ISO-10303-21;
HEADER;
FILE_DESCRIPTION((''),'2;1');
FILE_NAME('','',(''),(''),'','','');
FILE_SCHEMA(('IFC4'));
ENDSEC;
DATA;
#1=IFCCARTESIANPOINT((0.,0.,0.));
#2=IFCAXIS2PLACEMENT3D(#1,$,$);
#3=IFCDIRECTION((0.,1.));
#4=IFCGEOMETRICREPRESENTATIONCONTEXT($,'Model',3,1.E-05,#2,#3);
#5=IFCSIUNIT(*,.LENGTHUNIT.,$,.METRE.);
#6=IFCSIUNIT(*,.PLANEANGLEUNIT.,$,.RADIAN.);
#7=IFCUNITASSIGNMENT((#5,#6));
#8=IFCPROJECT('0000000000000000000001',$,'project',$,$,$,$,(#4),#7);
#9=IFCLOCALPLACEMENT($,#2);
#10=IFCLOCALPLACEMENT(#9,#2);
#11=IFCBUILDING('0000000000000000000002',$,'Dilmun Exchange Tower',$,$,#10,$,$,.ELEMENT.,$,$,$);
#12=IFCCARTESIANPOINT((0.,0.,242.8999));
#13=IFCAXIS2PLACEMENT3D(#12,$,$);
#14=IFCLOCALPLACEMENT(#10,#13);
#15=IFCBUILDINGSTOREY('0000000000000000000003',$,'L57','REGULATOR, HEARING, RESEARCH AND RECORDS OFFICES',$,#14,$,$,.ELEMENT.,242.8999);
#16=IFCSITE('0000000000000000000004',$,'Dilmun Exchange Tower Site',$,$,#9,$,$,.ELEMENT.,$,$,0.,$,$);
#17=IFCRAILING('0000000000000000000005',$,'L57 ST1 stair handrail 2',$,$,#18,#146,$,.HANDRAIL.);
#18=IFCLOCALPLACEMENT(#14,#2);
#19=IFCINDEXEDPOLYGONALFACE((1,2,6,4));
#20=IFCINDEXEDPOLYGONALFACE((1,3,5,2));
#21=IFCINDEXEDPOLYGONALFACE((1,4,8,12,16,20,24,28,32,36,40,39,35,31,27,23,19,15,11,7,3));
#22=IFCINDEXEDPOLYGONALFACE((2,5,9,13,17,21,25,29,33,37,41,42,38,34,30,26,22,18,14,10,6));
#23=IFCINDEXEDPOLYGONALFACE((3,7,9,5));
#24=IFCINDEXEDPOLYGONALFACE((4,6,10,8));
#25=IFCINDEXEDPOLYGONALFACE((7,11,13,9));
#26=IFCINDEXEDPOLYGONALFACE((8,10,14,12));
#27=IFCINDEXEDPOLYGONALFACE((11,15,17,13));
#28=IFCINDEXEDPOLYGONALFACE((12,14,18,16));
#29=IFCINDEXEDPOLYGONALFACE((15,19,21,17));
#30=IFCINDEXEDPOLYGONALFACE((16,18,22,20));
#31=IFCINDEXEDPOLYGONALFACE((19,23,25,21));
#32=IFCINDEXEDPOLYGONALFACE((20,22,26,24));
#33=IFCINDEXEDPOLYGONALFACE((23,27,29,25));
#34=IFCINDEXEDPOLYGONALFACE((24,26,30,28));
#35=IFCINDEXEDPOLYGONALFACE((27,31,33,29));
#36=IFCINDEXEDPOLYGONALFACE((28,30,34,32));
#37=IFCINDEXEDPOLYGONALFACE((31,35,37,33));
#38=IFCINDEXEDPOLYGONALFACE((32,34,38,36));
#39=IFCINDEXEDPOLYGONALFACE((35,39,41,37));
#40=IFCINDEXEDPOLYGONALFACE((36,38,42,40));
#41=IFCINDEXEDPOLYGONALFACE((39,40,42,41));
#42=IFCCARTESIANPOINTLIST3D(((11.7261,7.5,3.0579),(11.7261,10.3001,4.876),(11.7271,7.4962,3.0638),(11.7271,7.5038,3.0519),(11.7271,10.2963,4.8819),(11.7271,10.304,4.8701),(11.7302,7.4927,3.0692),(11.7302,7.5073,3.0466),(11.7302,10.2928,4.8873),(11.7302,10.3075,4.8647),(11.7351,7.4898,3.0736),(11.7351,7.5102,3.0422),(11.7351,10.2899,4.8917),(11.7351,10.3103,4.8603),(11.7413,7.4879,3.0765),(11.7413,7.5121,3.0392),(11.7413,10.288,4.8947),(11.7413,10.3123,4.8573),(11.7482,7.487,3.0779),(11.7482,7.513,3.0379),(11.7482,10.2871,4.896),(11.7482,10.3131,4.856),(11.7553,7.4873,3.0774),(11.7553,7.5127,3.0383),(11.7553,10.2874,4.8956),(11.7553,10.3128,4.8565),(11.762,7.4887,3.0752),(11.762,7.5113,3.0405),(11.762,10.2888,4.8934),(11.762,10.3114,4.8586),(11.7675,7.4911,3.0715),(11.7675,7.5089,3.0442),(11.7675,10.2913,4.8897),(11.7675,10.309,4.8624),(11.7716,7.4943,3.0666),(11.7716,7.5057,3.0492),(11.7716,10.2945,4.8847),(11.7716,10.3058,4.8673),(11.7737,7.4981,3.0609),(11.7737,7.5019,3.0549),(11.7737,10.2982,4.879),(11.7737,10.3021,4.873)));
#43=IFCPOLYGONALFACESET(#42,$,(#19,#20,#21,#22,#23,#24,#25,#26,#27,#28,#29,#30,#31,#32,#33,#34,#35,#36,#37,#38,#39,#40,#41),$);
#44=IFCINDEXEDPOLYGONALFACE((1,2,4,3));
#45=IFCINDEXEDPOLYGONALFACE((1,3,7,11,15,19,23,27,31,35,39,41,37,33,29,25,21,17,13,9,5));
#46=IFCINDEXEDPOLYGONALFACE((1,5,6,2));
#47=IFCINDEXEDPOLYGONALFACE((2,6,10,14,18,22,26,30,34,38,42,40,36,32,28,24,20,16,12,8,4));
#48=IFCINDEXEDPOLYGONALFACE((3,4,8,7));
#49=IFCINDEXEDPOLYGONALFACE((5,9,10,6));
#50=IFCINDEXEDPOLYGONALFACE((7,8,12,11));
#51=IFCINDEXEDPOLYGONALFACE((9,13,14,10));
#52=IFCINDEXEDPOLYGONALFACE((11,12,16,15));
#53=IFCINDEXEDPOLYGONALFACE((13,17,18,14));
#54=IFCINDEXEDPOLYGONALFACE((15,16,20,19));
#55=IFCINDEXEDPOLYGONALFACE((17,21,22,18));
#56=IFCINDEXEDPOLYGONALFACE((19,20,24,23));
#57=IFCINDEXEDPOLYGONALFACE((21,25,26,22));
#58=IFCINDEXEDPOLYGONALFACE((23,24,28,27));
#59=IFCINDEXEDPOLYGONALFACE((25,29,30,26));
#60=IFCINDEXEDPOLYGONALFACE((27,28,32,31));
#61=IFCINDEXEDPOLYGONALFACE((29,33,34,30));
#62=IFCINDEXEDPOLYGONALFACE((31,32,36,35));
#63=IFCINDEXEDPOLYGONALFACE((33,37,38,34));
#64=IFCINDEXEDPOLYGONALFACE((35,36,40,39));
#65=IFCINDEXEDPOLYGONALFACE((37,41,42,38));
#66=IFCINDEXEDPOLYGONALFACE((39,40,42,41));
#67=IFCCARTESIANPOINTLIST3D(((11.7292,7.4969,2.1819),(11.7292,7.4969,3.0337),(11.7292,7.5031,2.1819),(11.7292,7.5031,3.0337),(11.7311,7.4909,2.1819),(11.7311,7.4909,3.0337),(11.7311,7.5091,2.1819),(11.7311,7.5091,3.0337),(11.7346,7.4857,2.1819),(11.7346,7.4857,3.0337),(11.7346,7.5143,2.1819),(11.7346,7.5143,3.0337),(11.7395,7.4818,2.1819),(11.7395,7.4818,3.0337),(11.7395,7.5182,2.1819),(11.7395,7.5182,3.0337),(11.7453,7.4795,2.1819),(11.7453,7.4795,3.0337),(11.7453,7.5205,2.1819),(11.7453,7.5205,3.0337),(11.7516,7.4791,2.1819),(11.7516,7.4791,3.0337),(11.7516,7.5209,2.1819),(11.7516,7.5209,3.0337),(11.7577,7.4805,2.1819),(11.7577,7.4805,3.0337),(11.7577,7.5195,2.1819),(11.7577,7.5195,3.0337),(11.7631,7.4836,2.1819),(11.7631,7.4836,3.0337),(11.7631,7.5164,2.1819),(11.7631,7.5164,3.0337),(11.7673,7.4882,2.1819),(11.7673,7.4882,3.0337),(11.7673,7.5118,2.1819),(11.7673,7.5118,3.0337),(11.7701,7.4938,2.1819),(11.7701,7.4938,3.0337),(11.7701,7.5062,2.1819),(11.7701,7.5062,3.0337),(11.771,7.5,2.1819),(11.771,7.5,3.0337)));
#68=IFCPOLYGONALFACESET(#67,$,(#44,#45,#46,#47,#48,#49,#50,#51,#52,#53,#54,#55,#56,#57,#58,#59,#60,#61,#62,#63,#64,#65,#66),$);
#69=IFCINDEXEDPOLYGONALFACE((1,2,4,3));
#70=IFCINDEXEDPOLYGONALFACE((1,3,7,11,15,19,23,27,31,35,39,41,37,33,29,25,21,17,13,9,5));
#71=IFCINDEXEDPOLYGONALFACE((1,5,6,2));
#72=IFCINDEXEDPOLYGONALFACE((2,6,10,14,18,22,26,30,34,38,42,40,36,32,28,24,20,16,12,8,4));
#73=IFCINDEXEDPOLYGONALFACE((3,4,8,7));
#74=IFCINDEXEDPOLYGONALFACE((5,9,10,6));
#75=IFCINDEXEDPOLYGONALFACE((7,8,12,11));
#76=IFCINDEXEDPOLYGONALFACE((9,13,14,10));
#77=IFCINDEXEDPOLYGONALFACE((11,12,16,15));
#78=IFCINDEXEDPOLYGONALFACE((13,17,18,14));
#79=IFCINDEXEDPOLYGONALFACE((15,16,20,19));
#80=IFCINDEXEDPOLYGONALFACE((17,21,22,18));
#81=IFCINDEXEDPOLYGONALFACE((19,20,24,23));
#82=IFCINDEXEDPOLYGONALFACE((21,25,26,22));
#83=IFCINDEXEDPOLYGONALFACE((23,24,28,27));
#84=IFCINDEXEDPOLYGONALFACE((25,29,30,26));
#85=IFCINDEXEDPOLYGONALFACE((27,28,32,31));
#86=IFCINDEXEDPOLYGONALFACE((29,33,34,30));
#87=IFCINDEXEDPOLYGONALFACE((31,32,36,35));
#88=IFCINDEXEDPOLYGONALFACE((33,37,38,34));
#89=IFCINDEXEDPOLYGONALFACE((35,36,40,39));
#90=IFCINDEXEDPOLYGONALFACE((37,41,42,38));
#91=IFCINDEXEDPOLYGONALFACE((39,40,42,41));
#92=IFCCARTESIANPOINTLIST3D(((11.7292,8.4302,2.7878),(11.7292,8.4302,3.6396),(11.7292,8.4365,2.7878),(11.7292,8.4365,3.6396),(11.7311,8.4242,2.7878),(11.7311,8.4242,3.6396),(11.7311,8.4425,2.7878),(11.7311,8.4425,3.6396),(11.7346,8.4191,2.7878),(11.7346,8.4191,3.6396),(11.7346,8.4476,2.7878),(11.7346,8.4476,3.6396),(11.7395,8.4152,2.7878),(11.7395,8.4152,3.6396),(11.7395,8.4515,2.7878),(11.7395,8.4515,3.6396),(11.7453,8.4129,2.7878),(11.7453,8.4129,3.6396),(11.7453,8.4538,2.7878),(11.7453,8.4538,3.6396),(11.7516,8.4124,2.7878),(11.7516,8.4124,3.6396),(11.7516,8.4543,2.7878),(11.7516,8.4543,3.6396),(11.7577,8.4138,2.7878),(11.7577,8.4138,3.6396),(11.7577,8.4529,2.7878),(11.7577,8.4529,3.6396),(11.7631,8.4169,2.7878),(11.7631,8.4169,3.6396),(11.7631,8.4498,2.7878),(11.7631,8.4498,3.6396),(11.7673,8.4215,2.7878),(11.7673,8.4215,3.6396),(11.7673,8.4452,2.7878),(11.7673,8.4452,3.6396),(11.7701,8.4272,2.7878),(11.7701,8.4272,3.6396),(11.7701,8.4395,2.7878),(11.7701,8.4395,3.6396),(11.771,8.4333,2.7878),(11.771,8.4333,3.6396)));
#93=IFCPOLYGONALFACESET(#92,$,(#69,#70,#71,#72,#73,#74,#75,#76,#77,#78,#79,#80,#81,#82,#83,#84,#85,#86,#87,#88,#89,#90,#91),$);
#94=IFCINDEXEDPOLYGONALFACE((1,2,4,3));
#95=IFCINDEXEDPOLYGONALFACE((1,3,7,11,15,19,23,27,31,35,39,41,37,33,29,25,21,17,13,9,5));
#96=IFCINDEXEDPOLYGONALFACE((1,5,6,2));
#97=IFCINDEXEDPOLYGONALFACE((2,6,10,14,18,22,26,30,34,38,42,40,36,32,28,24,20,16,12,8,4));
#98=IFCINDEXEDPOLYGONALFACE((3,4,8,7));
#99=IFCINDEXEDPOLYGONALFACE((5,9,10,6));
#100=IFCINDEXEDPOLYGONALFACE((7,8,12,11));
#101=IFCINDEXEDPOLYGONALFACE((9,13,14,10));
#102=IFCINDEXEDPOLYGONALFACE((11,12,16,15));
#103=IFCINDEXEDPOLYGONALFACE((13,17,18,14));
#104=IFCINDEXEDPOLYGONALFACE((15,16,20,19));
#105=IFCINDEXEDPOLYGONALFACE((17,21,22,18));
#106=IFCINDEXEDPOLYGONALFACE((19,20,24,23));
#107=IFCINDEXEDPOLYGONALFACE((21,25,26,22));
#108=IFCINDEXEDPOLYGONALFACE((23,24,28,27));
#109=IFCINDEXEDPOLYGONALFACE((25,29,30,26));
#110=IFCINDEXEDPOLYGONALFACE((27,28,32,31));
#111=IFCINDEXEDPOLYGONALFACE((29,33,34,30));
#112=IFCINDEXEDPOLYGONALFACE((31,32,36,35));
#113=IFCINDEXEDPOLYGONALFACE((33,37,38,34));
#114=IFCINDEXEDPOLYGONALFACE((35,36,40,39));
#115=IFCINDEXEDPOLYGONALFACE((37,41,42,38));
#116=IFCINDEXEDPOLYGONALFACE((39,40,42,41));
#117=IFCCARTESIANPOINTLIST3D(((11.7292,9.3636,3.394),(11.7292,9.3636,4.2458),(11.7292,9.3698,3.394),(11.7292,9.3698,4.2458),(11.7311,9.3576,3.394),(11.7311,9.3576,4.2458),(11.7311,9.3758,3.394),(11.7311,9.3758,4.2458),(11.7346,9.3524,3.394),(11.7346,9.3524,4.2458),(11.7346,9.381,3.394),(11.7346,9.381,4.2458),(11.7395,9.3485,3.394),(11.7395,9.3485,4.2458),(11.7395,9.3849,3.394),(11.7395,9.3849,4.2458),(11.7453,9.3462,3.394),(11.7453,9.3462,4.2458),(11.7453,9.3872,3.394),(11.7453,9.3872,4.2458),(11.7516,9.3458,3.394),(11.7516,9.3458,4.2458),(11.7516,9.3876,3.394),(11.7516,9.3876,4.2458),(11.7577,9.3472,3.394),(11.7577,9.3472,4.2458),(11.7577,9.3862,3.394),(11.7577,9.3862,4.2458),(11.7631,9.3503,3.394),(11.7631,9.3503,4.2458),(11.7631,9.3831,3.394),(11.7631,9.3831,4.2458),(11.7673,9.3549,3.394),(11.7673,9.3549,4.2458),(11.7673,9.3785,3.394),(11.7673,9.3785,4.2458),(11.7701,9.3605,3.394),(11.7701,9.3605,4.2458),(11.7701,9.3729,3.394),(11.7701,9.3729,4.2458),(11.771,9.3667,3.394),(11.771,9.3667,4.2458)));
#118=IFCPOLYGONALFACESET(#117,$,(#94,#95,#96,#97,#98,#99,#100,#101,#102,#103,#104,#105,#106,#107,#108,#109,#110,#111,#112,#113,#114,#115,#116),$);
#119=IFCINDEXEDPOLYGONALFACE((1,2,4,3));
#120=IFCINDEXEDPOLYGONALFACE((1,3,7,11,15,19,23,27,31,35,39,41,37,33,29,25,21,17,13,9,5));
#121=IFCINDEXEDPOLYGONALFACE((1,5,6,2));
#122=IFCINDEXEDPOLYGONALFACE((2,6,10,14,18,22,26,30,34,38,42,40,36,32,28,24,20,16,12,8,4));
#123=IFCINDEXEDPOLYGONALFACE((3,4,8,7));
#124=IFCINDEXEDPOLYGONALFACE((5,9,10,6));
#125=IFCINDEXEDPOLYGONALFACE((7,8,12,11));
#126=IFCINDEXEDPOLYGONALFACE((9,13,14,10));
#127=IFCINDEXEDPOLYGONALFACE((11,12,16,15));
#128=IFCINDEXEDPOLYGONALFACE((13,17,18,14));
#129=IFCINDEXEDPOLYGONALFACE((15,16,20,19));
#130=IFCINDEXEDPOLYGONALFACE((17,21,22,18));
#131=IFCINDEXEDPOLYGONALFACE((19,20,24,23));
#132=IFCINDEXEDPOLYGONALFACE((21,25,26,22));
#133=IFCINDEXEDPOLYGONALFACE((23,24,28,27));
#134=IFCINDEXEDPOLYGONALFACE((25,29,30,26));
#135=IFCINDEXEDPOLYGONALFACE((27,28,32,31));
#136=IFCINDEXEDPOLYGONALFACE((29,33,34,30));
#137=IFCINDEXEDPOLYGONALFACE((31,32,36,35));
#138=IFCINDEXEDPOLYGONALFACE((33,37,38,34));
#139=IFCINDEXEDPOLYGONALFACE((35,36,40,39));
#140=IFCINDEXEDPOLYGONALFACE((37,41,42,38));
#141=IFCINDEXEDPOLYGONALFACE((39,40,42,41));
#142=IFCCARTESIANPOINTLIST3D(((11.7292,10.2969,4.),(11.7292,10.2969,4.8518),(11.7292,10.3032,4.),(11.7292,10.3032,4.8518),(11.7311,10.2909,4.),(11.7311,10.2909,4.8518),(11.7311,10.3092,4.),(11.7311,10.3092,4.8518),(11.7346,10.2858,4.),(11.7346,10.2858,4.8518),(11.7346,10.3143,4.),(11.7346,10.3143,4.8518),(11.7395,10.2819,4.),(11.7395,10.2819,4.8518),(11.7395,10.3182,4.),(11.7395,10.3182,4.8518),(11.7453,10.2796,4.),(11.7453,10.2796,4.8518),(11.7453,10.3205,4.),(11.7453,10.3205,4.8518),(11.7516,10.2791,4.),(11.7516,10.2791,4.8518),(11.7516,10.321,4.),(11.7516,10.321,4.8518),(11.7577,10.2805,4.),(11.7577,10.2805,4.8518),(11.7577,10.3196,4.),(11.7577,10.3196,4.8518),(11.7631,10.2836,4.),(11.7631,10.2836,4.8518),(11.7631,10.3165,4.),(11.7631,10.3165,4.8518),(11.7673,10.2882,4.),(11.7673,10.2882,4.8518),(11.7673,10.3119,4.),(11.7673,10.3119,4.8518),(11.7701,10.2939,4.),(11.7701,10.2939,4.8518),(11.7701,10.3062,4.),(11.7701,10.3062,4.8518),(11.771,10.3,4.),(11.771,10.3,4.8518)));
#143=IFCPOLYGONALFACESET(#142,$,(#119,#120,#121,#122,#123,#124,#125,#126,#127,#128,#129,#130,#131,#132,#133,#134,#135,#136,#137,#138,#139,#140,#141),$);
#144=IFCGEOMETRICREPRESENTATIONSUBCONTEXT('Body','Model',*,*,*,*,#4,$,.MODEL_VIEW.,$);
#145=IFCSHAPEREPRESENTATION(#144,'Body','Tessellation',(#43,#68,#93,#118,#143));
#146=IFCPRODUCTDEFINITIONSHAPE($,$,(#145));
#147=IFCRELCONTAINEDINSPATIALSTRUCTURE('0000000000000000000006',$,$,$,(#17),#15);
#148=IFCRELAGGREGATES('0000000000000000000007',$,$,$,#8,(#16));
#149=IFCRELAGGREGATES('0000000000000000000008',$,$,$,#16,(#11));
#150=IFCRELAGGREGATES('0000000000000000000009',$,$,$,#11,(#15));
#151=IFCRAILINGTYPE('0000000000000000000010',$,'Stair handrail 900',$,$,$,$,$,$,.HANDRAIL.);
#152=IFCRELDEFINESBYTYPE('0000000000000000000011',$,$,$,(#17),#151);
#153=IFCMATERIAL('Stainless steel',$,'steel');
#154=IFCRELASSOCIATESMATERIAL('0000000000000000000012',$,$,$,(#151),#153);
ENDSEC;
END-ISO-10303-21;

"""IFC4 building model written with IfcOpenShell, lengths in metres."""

from ifc_helpers import new_model, si_unit, direction, frame, origin, origin_2d, place, context, subcontext, project, spatial, circle, extrude, material, type_object, element, save


model = new_model("IFC4")

# Units and contexts
model_context = context("Model", 3, precision=1e-05, world=origin(), true_north=direction((0.0, 1.0)))
body_context = subcontext(model_context, "Body", "Model", "MODEL_VIEW")
ifc_project = project(units=[si_unit("LENGTHUNIT", "METRE"), si_unit("PLANEANGLEUNIT", "RADIAN")], contexts=[model_context])

# Site, building, storey
site_placement = place(None, origin())
site = spatial("IfcSite", under=ifc_project, at=site_placement, Name="Dilmun Exchange Tower Site", CompositionType="ELEMENT", RefElevation=0.0)
building_placement = place(site_placement, origin())
building = spatial("IfcBuilding", under=site, at=building_placement, Name="Dilmun Exchange Tower", CompositionType="ELEMENT")
storey_placement = place(building_placement, frame((0.0, 0.0, 242.8999)))
storey = spatial("IfcBuildingStorey", under=building, at=storey_placement, Name="L57", Description="REGULATOR, HEARING, RESEARCH AND RECORDS OFFICES", CompositionType="ELEMENT", Elevation=242.8999)

# Railing
ifc_material_1 = material(Name="Stainless steel", Category="steel")
railing_type = type_object("IfcRailingType", Name="Stair handrail 900", PredefinedType="HANDRAIL", material=ifc_material_1)
railing_1_placement = place(storey_placement, frame((11.75, 7.5, 2.1819)))
element("IfcRailing", 1, at=railing_1_placement, inside=storey, type_object=railing_type, Name="L57 ST1 stair handrail 2", PredefinedType="HANDRAIL", context=body_context, shape_type="SweptSolid", body=[
    extrude(circle(Radius=0.0239, at=origin_2d()), frame((0.0, 0.0, 0.876), z_axis=(0.0, 0.838706, 0.544585), x_axis=(-1.0, 0.0, 0.0)), (0.0, 0.0, 1.0), 3.3386),
    extrude(circle(Radius=0.021, at=origin_2d()), origin(), (0.0, 0.0, 1.0), 0.8518),
    extrude(circle(Radius=0.021, at=origin_2d()), frame((0.0, 0.9333, 0.606)), (0.0, 0.0, 1.0), 0.8518),
    extrude(circle(Radius=0.021, at=origin_2d()), frame((0.0, 1.8667, 1.2122)), (0.0, 0.0, 1.0), 0.8518),
    extrude(circle(Radius=0.021, at=origin_2d()), frame((0.0, 2.8, 1.8181)), (0.0, 0.0, 1.0), 0.8518),
])

save(model, "model.ifc")
